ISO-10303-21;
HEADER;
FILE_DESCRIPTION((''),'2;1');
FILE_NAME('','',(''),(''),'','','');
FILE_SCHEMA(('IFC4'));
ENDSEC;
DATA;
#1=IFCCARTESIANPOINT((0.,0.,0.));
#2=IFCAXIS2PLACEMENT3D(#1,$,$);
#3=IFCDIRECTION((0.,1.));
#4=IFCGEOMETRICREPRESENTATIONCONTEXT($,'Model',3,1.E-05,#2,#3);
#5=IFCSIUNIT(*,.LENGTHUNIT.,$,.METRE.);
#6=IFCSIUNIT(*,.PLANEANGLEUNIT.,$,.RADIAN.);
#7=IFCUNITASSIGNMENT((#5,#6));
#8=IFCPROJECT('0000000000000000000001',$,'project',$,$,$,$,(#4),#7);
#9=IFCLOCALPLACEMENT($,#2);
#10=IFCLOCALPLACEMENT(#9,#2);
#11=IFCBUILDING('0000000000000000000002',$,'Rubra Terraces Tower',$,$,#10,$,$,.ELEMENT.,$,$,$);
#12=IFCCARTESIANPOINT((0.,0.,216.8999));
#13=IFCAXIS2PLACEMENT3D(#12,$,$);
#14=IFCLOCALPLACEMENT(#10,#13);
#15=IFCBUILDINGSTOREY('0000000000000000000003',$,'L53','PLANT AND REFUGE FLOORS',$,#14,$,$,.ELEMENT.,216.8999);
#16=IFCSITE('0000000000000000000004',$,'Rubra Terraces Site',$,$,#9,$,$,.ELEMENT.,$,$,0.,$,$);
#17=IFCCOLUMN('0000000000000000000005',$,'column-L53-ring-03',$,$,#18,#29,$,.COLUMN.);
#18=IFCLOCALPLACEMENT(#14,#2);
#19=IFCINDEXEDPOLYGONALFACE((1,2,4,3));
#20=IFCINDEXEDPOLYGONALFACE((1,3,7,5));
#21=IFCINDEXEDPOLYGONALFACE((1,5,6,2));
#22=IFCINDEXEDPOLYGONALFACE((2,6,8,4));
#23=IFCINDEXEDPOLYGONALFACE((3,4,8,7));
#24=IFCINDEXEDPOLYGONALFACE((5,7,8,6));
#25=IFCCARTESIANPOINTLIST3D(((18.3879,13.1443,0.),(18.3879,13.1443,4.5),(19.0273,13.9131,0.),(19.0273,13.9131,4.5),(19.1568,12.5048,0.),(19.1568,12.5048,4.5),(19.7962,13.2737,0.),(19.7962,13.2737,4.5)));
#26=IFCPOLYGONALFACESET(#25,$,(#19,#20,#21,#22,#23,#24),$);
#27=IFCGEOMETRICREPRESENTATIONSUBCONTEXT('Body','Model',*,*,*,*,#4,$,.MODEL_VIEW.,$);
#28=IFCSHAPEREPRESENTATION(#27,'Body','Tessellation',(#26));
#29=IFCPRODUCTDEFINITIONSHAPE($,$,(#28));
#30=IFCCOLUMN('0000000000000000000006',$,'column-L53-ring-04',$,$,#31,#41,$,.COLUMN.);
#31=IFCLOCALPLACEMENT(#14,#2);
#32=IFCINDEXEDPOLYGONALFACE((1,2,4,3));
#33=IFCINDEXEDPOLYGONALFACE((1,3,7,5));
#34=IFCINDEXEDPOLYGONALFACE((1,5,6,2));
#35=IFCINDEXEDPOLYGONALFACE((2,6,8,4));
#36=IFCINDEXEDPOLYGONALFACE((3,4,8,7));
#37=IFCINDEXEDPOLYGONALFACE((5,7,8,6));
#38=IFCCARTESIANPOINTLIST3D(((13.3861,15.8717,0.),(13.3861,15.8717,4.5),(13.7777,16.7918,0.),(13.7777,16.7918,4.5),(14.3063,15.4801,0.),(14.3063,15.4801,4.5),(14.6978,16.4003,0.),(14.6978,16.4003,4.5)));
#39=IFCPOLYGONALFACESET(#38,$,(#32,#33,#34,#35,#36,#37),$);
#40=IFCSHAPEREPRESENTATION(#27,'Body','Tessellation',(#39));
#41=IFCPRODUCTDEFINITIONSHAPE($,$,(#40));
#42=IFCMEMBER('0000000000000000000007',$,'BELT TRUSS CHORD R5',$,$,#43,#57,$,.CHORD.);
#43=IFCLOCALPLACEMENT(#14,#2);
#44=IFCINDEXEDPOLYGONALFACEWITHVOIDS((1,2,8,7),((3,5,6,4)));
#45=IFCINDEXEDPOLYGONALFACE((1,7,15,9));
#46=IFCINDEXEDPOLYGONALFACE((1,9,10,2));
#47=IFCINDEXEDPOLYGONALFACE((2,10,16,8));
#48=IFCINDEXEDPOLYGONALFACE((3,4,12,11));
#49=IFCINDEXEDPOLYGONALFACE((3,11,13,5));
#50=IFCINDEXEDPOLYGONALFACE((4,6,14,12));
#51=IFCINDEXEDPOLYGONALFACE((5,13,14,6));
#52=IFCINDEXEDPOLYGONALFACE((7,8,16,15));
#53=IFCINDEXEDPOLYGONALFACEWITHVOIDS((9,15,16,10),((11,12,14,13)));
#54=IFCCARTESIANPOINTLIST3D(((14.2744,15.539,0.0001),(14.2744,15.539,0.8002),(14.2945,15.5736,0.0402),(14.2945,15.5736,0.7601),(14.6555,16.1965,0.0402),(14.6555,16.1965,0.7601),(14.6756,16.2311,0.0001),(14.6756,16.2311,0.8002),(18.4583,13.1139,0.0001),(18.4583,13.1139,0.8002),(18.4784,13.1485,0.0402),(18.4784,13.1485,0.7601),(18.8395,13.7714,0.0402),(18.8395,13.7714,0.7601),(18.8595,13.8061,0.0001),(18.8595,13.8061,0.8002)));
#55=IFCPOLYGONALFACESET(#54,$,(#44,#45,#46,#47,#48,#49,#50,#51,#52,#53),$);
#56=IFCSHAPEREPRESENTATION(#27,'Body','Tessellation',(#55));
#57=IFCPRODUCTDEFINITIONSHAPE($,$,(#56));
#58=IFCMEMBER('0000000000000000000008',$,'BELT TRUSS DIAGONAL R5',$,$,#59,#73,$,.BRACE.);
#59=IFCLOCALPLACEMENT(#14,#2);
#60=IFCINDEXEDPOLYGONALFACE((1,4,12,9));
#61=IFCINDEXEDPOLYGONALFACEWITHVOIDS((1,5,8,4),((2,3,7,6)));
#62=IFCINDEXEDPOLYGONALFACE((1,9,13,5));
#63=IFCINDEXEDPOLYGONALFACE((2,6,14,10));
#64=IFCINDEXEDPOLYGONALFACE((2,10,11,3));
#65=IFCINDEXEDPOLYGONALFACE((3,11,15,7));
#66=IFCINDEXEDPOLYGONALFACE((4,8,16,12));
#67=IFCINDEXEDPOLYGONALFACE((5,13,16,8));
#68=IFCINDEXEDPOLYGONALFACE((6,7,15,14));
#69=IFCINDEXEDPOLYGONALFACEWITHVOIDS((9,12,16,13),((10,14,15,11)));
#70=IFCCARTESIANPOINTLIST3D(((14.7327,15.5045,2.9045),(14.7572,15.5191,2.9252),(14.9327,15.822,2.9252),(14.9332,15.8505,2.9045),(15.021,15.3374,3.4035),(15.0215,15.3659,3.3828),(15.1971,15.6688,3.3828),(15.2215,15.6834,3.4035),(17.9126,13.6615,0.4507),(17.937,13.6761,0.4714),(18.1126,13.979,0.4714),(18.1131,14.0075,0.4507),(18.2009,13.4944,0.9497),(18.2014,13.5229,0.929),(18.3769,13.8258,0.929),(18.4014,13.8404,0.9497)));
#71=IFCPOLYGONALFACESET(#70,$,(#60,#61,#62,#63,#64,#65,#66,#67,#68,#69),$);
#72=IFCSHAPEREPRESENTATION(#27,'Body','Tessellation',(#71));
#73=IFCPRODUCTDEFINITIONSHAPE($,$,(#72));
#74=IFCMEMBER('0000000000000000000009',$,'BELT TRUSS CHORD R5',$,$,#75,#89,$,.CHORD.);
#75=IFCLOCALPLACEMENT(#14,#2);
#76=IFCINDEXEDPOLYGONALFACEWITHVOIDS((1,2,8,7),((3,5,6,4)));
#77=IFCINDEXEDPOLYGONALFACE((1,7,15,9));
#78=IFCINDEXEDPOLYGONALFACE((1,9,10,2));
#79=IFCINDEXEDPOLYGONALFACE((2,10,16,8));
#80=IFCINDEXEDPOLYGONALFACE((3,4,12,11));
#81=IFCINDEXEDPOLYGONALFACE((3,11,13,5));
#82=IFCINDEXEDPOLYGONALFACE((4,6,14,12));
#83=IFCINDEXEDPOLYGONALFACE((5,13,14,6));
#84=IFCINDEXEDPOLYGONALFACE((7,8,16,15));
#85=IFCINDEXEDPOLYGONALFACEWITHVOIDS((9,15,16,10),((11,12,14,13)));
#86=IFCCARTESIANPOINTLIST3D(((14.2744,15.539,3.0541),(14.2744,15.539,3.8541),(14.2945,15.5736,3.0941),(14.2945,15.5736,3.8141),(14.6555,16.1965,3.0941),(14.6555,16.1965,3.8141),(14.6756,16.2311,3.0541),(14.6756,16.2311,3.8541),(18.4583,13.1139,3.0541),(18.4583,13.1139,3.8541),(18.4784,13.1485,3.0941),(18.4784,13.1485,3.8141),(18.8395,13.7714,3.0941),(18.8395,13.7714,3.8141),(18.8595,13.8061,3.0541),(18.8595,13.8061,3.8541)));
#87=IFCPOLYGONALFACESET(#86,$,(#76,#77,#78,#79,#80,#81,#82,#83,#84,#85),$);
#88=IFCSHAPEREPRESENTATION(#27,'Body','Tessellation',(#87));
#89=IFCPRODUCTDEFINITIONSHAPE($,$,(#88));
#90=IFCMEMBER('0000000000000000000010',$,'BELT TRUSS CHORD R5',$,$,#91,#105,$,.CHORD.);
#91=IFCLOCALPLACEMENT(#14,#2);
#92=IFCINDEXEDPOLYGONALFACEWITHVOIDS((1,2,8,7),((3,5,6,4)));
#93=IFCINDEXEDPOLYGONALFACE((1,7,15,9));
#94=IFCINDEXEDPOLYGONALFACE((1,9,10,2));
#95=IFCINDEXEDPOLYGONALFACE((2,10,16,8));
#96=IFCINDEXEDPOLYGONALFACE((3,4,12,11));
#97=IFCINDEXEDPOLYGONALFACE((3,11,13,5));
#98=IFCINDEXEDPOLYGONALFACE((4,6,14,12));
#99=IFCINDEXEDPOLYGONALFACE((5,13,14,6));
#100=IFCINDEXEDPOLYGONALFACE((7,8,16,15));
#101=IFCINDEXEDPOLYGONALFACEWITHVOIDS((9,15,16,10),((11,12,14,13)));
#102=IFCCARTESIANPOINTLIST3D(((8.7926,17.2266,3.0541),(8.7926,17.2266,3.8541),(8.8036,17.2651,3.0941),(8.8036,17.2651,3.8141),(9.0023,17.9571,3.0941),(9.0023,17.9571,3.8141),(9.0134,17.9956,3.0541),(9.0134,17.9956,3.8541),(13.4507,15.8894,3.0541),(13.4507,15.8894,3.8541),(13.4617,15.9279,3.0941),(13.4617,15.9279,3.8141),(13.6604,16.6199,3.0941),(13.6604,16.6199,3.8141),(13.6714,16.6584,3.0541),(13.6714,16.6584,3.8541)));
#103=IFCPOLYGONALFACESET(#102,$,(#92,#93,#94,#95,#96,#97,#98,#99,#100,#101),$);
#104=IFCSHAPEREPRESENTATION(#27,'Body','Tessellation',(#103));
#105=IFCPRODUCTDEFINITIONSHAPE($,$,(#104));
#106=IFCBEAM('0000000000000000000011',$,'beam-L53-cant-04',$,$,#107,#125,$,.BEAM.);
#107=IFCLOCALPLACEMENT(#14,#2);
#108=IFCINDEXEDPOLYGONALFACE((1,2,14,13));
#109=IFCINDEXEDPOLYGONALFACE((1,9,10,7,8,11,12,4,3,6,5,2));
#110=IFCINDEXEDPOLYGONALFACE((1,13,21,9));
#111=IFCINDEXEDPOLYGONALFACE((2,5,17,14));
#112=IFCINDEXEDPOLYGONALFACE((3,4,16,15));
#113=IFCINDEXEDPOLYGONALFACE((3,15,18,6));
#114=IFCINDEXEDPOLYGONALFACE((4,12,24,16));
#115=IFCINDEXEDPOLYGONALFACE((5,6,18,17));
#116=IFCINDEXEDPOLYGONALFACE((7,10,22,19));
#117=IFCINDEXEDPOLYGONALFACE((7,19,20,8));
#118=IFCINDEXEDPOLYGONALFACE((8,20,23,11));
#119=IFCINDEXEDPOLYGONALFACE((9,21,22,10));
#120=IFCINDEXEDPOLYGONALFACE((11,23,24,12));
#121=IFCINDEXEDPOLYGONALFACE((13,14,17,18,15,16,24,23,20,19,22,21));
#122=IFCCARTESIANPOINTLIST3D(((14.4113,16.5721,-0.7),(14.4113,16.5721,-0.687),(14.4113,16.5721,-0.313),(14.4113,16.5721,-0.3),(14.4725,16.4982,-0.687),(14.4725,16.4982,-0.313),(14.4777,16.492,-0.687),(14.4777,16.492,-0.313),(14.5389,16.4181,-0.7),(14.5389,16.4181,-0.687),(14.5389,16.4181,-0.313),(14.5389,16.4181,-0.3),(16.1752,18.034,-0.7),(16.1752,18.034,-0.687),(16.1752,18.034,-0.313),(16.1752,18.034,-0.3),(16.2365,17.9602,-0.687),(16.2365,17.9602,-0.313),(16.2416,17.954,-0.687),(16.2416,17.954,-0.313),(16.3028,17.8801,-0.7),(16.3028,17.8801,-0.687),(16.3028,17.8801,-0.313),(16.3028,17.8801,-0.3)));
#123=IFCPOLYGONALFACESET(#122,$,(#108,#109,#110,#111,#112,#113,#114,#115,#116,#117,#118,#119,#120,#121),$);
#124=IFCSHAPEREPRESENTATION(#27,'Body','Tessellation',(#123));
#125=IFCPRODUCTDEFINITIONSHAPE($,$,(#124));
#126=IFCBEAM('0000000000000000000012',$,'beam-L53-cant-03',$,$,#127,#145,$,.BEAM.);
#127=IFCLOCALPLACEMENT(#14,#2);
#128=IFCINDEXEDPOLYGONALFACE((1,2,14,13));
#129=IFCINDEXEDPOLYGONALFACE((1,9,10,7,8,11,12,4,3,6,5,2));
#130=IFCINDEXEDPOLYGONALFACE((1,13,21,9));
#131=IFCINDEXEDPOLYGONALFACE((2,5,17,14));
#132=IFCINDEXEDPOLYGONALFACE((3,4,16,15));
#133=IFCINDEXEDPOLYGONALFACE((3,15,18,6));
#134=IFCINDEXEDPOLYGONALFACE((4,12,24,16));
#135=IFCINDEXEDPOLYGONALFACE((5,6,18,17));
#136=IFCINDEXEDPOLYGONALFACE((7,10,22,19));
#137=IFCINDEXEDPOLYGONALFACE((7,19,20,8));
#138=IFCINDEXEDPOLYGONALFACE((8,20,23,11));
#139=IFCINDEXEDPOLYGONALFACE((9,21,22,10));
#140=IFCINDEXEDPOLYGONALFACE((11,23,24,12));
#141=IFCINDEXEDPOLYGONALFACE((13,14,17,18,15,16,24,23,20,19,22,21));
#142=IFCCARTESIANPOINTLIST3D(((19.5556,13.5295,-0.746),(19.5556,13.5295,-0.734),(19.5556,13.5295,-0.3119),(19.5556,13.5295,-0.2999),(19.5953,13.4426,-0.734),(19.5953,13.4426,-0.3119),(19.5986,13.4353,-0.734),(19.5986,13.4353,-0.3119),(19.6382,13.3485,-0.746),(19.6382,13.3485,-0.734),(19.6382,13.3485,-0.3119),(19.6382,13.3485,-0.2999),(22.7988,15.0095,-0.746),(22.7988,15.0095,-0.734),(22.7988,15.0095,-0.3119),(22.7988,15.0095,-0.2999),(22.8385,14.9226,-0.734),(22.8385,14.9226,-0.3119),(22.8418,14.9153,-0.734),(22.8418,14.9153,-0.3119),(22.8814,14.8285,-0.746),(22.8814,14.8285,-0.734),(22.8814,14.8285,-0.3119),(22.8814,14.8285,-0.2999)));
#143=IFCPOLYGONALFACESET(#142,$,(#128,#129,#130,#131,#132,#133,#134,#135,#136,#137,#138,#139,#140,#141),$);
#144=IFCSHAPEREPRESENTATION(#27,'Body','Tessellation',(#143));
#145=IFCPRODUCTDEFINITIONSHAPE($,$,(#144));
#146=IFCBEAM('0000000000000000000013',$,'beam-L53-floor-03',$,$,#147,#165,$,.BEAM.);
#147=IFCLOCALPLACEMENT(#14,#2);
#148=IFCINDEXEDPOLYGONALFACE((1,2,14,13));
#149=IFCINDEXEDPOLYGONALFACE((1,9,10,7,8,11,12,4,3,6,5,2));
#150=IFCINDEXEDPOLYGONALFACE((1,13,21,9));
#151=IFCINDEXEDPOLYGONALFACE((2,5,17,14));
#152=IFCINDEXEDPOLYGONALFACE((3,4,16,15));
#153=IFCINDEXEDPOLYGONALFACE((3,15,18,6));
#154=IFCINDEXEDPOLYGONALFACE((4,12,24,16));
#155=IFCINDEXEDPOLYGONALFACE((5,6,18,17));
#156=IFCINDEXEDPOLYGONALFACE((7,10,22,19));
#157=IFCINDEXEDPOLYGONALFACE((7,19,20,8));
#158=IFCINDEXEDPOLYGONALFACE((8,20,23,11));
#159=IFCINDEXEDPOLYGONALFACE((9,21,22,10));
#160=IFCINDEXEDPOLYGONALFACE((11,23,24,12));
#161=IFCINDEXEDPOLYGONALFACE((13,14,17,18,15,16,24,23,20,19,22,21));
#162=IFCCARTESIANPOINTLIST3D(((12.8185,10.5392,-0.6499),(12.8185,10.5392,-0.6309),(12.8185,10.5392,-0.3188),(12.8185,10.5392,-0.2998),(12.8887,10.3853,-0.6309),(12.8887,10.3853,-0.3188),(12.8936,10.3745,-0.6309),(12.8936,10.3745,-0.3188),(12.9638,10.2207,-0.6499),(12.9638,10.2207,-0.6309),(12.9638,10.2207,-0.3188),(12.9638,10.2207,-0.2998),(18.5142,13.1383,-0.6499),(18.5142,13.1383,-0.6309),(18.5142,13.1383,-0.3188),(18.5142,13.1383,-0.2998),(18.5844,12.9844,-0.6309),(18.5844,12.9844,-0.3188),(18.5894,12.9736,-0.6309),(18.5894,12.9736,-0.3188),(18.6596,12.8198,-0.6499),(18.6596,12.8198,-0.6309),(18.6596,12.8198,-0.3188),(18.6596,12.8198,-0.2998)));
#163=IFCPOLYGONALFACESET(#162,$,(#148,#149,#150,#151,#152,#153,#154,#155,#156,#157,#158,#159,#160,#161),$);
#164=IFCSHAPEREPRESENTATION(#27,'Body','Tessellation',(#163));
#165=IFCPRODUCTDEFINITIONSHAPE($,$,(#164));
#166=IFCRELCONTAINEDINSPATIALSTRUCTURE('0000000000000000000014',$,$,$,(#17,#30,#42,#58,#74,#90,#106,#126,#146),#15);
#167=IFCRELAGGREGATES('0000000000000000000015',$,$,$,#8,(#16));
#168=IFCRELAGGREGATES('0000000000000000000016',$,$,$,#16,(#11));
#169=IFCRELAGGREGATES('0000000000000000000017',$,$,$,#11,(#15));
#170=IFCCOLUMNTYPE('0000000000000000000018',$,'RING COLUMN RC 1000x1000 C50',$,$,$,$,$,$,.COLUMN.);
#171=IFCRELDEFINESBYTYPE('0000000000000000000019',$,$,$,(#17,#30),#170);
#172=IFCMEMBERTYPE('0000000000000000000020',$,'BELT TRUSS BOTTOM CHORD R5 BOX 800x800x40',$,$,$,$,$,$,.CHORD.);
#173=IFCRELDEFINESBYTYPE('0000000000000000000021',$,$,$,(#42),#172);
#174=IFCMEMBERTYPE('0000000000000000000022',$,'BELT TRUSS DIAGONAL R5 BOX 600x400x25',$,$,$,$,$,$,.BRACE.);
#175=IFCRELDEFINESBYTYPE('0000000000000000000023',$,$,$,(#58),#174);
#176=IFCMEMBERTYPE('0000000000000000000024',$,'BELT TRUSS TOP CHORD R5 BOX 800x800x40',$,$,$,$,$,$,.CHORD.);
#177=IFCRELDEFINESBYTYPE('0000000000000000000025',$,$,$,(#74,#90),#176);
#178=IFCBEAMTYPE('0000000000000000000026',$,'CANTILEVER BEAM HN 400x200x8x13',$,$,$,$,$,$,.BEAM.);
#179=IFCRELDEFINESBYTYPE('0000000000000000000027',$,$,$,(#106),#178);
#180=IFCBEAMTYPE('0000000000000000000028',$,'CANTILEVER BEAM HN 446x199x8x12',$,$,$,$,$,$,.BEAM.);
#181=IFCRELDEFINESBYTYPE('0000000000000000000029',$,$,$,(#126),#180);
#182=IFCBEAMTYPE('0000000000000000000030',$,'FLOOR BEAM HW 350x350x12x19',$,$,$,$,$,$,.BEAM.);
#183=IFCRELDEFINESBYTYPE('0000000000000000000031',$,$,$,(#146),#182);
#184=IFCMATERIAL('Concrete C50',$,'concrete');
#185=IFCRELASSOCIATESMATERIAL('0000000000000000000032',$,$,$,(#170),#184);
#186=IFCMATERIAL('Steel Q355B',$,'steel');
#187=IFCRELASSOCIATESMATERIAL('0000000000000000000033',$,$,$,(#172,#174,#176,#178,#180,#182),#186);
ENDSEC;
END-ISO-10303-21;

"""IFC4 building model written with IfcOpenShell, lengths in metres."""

from ifc_helpers import new_model, si_unit, direction, frame, origin, origin_2d, place, context, subcontext, project, spatial, rectangle, hollow_rectangle, i_section, extrude, material, material_profile, profile_set, type_object, element, save


model = new_model("IFC4")

# Units and contexts
model_context = context("Model", 3, precision=1e-05, world=origin(), true_north=direction((0.0, 1.0)))
body_context = subcontext(model_context, "Body", "Model", "MODEL_VIEW")
ifc_project = project(units=[si_unit("LENGTHUNIT", "METRE"), si_unit("PLANEANGLEUNIT", "RADIAN")], contexts=[model_context])

# Site, building, storey
site_placement = place(None, origin())
site = spatial("IfcSite", under=ifc_project, at=site_placement, Name="Rubra Terraces Site", CompositionType="ELEMENT", RefElevation=0.0)
building_placement = place(site_placement, origin())
building = spatial("IfcBuilding", under=site, at=building_placement, Name="Rubra Terraces Tower", CompositionType="ELEMENT")
storey_placement = place(building_placement, frame((0.0, 0.0, 216.8999)))
storey = spatial("IfcBuildingStorey", under=building, at=storey_placement, Name="L53", Description="PLANT AND REFUGE FLOORS", CompositionType="ELEMENT", Elevation=216.8999)

# Columns
ifc_material_1 = material(Name="Concrete C50", Category="concrete")
ifc_material_profile_1 = material_profile(ifc_material_1, rectangle(XDim=1.0, YDim=1.0, at=origin_2d()), Name="RC 1000x1000")
ifc_profile_set_1 = profile_set([ifc_material_profile_1], Name="Concrete C50")
column_type = type_object("IfcColumnType", Name="RING COLUMN RC 1000x1000 C50", PredefinedType="COLUMN", material=ifc_profile_set_1)
for number, where, z_axis, x_axis, name in (
    (1, (19.092, 13.209, 0.0), (0.0, 0.0, 1.0), (-0.76887, 0.639405, 0.0), "column-L53-ring-03"),
    (2, (14.042, 16.136, 0.0), (0.0, 0.0, 1.0), (-0.920168, 0.391524, 0.0), "column-L53-ring-04"),
):
    element("IfcColumn", number, at=place(storey_placement, frame(where, z_axis=z_axis, x_axis=x_axis)), inside=storey, type_object=column_type, Name=name, PredefinedType="COLUMN", context=body_context, shape_type="SweptSolid", body=[
        extrude(rectangle(XDim=1.0, YDim=1.0, at=origin_2d()), origin(), (0.0, 0.0, 1.0), 4.5),
    ])

# Members
ifc_material_2 = material(Name="Steel Q355B", Category="steel")
ifc_material_profile_2 = material_profile(ifc_material_2, hollow_rectangle(XDim=0.8, YDim=0.8, WallThickness=0.04, at=origin_2d()), Name="BOX 800x800x40")
ifc_profile_set_2 = profile_set([ifc_material_profile_2], Name="Steel Q355B")
member_type_1 = type_object("IfcMemberType", Name="BELT TRUSS BOTTOM CHORD R5 BOX 800x800x40", PredefinedType="CHORD", material=ifc_profile_set_2)
member_1_placement = place(storey_placement, frame((18.6589, 13.46, 0.4001), z_axis=(-0.865173, 0.501474, 0.0), x_axis=(-0.501474, -0.865173, 0.0)))
element("IfcMember", 3, at=member_1_placement, inside=storey, type_object=member_type_1, Name="BELT TRUSS CHORD R5", PredefinedType="CHORD", context=body_context, shape_type="SweptSolid", body=[
    extrude(hollow_rectangle(XDim=0.8, YDim=0.8, WallThickness=0.04, at=origin_2d()), origin(), (0.0, 0.0, 1.0), 4.8359),
])
ifc_material_profile_3 = material_profile(ifc_material_2, hollow_rectangle(XDim=0.3999, YDim=0.6001, WallThickness=0.0249, at=origin_2d()), Name="BOX 600x400x25")
ifc_profile_set_3 = profile_set([ifc_material_profile_3], Name="Steel Q355B")
member_type_2 = type_object("IfcMemberType", Name="BELT TRUSS DIAGONAL R5 BOX 600x400x25", PredefinedType="BRACE", material=ifc_profile_set_3)
member_2_placement = place(storey_placement, frame((18.157, 13.751, 0.7002), z_axis=(-0.719558, 0.41704, 0.555261), x_axis=(-0.501445, -0.86519, 0.0)))
element("IfcMember", 4, at=member_2_placement, inside=storey, type_object=member_type_2, Name="BELT TRUSS DIAGONAL R5", PredefinedType="BRACE", context=body_context, shape_type="SweptSolid", body=[
    extrude(hollow_rectangle(XDim=0.3999, YDim=0.6001, WallThickness=0.0249, at=origin_2d()), origin(), (0.0, 0.0, 1.0), 4.4192),
])
ifc_material_profile_4 = material_profile(ifc_material_2, hollow_rectangle(XDim=0.8, YDim=0.8, WallThickness=0.04, at=origin_2d()), Name="BOX 800x800x40")
ifc_profile_set_4 = profile_set([ifc_material_profile_4], Name="Steel Q355B")
member_type_3 = type_object("IfcMemberType", Name="BELT TRUSS TOP CHORD R5 BOX 800x800x40", PredefinedType="CHORD", material=ifc_profile_set_4)
member_3_placement = place(storey_placement, frame((18.6589, 13.46, 3.4541), z_axis=(-0.865173, 0.501474, 0.0), x_axis=(-0.501474, -0.865173, 0.0)))
element("IfcMember", 5, at=member_3_placement, inside=storey, type_object=member_type_3, Name="BELT TRUSS CHORD R5", PredefinedType="CHORD", context=body_context, shape_type="SweptSolid", body=[
    extrude(hollow_rectangle(XDim=0.8, YDim=0.8, WallThickness=0.04, at=origin_2d()), origin(), (0.0, 0.0, 1.0), 4.8359),
])
member_4_placement = place(storey_placement, frame((13.561, 16.2739, 3.4541), z_axis=(-0.961179, 0.275925, 0.0), x_axis=(-0.275925, -0.961179, 0.0)))
element("IfcMember", 6, at=member_4_placement, inside=storey, type_object=member_type_3, Name="BELT TRUSS CHORD R5", PredefinedType="CHORD", context=body_context, shape_type="SweptSolid", body=[
    extrude(hollow_rectangle(XDim=0.8, YDim=0.8, WallThickness=0.04, at=origin_2d()), origin(), (0.0, 0.0, 1.0), 4.8462),
])

# Beams
ifc_material_profile_5 = material_profile(ifc_material_2, i_section(OverallWidth=0.2, OverallDepth=0.3999, WebThickness=0.0081, FlangeThickness=0.0129, at=origin_2d()), Name="HN 400x200x8x13")
ifc_profile_set_5 = profile_set([ifc_material_profile_5], Name="Steel Q355B")
beam_type_1 = type_object("IfcBeamType", Name="CANTILEVER BEAM HN 400x200x8x13", PredefinedType="BEAM", material=ifc_profile_set_5)
beam_1_placement = place(storey_placement, frame((14.4751, 16.4951, -0.5), z_axis=(0.769939, 0.638117, 0.0), x_axis=(-0.638117, 0.769939, 0.0)))
element("IfcBeam", 7, at=beam_1_placement, inside=storey, type_object=beam_type_1, Name="beam-L53-cant-04", PredefinedType="BEAM", context=body_context, shape_type="SweptSolid", body=[
    extrude(i_section(OverallWidth=0.2, OverallDepth=0.3999, WebThickness=0.0081, FlangeThickness=0.0129, at=origin_2d()), origin(), (0.0, 0.0, 1.0), 2.291),
])
ifc_material_profile_6 = material_profile(ifc_material_2, i_section(OverallWidth=0.199, OverallDepth=0.446, WebThickness=0.0081, FlangeThickness=0.012, at=origin_2d()), Name="HN 446x199x8x12")
ifc_profile_set_6 = profile_set([ifc_material_profile_6], Name="Steel Q355B")
beam_type_2 = type_object("IfcBeamType", Name="CANTILEVER BEAM HN 446x199x8x12", PredefinedType="BEAM", material=ifc_profile_set_6)
beam_2_placement = place(storey_placement, frame((19.5969, 13.439, -0.5229), z_axis=(0.909751, 0.415154, 0.0), x_axis=(-0.415154, 0.909751, 0.0)))
element("IfcBeam", 8, at=beam_2_placement, inside=storey, type_object=beam_type_2, Name="beam-L53-cant-03", PredefinedType="BEAM", context=body_context, shape_type="SweptSolid", body=[
    extrude(i_section(OverallWidth=0.199, OverallDepth=0.446, WebThickness=0.0081, FlangeThickness=0.012, at=origin_2d()), origin(), (0.0, 0.0, 1.0), 3.5649),
])
ifc_material_profile_7 = material_profile(ifc_material_2, i_section(OverallWidth=0.3501, OverallDepth=0.3501, WebThickness=0.012, FlangeThickness=0.019, at=origin_2d()), Name="HW 350x350x12x19")
ifc_profile_set_7 = profile_set([ifc_material_profile_7], Name="Steel Q355B")
beam_type_3 = type_object("IfcBeamType", Name="FLOOR BEAM HW 350x350x12x19", PredefinedType="BEAM", material=ifc_profile_set_7)
beam_3_placement = place(storey_placement, frame((18.5869, 12.979, -0.4749), z_axis=(-0.909757, -0.415142, 0.0), x_axis=(0.415142, -0.909757, 0.0)))
element("IfcBeam", 9, at=beam_3_placement, inside=storey, type_object=beam_type_3, Name="beam-L53-floor-03", PredefinedType="BEAM", context=body_context, shape_type="SweptSolid", body=[
    extrude(i_section(OverallWidth=0.3501, OverallDepth=0.3501, WebThickness=0.012, FlangeThickness=0.019, at=origin_2d()), origin(), (0.0, 0.0, 1.0), 6.2607),
])

save(model, "model.ifc")
